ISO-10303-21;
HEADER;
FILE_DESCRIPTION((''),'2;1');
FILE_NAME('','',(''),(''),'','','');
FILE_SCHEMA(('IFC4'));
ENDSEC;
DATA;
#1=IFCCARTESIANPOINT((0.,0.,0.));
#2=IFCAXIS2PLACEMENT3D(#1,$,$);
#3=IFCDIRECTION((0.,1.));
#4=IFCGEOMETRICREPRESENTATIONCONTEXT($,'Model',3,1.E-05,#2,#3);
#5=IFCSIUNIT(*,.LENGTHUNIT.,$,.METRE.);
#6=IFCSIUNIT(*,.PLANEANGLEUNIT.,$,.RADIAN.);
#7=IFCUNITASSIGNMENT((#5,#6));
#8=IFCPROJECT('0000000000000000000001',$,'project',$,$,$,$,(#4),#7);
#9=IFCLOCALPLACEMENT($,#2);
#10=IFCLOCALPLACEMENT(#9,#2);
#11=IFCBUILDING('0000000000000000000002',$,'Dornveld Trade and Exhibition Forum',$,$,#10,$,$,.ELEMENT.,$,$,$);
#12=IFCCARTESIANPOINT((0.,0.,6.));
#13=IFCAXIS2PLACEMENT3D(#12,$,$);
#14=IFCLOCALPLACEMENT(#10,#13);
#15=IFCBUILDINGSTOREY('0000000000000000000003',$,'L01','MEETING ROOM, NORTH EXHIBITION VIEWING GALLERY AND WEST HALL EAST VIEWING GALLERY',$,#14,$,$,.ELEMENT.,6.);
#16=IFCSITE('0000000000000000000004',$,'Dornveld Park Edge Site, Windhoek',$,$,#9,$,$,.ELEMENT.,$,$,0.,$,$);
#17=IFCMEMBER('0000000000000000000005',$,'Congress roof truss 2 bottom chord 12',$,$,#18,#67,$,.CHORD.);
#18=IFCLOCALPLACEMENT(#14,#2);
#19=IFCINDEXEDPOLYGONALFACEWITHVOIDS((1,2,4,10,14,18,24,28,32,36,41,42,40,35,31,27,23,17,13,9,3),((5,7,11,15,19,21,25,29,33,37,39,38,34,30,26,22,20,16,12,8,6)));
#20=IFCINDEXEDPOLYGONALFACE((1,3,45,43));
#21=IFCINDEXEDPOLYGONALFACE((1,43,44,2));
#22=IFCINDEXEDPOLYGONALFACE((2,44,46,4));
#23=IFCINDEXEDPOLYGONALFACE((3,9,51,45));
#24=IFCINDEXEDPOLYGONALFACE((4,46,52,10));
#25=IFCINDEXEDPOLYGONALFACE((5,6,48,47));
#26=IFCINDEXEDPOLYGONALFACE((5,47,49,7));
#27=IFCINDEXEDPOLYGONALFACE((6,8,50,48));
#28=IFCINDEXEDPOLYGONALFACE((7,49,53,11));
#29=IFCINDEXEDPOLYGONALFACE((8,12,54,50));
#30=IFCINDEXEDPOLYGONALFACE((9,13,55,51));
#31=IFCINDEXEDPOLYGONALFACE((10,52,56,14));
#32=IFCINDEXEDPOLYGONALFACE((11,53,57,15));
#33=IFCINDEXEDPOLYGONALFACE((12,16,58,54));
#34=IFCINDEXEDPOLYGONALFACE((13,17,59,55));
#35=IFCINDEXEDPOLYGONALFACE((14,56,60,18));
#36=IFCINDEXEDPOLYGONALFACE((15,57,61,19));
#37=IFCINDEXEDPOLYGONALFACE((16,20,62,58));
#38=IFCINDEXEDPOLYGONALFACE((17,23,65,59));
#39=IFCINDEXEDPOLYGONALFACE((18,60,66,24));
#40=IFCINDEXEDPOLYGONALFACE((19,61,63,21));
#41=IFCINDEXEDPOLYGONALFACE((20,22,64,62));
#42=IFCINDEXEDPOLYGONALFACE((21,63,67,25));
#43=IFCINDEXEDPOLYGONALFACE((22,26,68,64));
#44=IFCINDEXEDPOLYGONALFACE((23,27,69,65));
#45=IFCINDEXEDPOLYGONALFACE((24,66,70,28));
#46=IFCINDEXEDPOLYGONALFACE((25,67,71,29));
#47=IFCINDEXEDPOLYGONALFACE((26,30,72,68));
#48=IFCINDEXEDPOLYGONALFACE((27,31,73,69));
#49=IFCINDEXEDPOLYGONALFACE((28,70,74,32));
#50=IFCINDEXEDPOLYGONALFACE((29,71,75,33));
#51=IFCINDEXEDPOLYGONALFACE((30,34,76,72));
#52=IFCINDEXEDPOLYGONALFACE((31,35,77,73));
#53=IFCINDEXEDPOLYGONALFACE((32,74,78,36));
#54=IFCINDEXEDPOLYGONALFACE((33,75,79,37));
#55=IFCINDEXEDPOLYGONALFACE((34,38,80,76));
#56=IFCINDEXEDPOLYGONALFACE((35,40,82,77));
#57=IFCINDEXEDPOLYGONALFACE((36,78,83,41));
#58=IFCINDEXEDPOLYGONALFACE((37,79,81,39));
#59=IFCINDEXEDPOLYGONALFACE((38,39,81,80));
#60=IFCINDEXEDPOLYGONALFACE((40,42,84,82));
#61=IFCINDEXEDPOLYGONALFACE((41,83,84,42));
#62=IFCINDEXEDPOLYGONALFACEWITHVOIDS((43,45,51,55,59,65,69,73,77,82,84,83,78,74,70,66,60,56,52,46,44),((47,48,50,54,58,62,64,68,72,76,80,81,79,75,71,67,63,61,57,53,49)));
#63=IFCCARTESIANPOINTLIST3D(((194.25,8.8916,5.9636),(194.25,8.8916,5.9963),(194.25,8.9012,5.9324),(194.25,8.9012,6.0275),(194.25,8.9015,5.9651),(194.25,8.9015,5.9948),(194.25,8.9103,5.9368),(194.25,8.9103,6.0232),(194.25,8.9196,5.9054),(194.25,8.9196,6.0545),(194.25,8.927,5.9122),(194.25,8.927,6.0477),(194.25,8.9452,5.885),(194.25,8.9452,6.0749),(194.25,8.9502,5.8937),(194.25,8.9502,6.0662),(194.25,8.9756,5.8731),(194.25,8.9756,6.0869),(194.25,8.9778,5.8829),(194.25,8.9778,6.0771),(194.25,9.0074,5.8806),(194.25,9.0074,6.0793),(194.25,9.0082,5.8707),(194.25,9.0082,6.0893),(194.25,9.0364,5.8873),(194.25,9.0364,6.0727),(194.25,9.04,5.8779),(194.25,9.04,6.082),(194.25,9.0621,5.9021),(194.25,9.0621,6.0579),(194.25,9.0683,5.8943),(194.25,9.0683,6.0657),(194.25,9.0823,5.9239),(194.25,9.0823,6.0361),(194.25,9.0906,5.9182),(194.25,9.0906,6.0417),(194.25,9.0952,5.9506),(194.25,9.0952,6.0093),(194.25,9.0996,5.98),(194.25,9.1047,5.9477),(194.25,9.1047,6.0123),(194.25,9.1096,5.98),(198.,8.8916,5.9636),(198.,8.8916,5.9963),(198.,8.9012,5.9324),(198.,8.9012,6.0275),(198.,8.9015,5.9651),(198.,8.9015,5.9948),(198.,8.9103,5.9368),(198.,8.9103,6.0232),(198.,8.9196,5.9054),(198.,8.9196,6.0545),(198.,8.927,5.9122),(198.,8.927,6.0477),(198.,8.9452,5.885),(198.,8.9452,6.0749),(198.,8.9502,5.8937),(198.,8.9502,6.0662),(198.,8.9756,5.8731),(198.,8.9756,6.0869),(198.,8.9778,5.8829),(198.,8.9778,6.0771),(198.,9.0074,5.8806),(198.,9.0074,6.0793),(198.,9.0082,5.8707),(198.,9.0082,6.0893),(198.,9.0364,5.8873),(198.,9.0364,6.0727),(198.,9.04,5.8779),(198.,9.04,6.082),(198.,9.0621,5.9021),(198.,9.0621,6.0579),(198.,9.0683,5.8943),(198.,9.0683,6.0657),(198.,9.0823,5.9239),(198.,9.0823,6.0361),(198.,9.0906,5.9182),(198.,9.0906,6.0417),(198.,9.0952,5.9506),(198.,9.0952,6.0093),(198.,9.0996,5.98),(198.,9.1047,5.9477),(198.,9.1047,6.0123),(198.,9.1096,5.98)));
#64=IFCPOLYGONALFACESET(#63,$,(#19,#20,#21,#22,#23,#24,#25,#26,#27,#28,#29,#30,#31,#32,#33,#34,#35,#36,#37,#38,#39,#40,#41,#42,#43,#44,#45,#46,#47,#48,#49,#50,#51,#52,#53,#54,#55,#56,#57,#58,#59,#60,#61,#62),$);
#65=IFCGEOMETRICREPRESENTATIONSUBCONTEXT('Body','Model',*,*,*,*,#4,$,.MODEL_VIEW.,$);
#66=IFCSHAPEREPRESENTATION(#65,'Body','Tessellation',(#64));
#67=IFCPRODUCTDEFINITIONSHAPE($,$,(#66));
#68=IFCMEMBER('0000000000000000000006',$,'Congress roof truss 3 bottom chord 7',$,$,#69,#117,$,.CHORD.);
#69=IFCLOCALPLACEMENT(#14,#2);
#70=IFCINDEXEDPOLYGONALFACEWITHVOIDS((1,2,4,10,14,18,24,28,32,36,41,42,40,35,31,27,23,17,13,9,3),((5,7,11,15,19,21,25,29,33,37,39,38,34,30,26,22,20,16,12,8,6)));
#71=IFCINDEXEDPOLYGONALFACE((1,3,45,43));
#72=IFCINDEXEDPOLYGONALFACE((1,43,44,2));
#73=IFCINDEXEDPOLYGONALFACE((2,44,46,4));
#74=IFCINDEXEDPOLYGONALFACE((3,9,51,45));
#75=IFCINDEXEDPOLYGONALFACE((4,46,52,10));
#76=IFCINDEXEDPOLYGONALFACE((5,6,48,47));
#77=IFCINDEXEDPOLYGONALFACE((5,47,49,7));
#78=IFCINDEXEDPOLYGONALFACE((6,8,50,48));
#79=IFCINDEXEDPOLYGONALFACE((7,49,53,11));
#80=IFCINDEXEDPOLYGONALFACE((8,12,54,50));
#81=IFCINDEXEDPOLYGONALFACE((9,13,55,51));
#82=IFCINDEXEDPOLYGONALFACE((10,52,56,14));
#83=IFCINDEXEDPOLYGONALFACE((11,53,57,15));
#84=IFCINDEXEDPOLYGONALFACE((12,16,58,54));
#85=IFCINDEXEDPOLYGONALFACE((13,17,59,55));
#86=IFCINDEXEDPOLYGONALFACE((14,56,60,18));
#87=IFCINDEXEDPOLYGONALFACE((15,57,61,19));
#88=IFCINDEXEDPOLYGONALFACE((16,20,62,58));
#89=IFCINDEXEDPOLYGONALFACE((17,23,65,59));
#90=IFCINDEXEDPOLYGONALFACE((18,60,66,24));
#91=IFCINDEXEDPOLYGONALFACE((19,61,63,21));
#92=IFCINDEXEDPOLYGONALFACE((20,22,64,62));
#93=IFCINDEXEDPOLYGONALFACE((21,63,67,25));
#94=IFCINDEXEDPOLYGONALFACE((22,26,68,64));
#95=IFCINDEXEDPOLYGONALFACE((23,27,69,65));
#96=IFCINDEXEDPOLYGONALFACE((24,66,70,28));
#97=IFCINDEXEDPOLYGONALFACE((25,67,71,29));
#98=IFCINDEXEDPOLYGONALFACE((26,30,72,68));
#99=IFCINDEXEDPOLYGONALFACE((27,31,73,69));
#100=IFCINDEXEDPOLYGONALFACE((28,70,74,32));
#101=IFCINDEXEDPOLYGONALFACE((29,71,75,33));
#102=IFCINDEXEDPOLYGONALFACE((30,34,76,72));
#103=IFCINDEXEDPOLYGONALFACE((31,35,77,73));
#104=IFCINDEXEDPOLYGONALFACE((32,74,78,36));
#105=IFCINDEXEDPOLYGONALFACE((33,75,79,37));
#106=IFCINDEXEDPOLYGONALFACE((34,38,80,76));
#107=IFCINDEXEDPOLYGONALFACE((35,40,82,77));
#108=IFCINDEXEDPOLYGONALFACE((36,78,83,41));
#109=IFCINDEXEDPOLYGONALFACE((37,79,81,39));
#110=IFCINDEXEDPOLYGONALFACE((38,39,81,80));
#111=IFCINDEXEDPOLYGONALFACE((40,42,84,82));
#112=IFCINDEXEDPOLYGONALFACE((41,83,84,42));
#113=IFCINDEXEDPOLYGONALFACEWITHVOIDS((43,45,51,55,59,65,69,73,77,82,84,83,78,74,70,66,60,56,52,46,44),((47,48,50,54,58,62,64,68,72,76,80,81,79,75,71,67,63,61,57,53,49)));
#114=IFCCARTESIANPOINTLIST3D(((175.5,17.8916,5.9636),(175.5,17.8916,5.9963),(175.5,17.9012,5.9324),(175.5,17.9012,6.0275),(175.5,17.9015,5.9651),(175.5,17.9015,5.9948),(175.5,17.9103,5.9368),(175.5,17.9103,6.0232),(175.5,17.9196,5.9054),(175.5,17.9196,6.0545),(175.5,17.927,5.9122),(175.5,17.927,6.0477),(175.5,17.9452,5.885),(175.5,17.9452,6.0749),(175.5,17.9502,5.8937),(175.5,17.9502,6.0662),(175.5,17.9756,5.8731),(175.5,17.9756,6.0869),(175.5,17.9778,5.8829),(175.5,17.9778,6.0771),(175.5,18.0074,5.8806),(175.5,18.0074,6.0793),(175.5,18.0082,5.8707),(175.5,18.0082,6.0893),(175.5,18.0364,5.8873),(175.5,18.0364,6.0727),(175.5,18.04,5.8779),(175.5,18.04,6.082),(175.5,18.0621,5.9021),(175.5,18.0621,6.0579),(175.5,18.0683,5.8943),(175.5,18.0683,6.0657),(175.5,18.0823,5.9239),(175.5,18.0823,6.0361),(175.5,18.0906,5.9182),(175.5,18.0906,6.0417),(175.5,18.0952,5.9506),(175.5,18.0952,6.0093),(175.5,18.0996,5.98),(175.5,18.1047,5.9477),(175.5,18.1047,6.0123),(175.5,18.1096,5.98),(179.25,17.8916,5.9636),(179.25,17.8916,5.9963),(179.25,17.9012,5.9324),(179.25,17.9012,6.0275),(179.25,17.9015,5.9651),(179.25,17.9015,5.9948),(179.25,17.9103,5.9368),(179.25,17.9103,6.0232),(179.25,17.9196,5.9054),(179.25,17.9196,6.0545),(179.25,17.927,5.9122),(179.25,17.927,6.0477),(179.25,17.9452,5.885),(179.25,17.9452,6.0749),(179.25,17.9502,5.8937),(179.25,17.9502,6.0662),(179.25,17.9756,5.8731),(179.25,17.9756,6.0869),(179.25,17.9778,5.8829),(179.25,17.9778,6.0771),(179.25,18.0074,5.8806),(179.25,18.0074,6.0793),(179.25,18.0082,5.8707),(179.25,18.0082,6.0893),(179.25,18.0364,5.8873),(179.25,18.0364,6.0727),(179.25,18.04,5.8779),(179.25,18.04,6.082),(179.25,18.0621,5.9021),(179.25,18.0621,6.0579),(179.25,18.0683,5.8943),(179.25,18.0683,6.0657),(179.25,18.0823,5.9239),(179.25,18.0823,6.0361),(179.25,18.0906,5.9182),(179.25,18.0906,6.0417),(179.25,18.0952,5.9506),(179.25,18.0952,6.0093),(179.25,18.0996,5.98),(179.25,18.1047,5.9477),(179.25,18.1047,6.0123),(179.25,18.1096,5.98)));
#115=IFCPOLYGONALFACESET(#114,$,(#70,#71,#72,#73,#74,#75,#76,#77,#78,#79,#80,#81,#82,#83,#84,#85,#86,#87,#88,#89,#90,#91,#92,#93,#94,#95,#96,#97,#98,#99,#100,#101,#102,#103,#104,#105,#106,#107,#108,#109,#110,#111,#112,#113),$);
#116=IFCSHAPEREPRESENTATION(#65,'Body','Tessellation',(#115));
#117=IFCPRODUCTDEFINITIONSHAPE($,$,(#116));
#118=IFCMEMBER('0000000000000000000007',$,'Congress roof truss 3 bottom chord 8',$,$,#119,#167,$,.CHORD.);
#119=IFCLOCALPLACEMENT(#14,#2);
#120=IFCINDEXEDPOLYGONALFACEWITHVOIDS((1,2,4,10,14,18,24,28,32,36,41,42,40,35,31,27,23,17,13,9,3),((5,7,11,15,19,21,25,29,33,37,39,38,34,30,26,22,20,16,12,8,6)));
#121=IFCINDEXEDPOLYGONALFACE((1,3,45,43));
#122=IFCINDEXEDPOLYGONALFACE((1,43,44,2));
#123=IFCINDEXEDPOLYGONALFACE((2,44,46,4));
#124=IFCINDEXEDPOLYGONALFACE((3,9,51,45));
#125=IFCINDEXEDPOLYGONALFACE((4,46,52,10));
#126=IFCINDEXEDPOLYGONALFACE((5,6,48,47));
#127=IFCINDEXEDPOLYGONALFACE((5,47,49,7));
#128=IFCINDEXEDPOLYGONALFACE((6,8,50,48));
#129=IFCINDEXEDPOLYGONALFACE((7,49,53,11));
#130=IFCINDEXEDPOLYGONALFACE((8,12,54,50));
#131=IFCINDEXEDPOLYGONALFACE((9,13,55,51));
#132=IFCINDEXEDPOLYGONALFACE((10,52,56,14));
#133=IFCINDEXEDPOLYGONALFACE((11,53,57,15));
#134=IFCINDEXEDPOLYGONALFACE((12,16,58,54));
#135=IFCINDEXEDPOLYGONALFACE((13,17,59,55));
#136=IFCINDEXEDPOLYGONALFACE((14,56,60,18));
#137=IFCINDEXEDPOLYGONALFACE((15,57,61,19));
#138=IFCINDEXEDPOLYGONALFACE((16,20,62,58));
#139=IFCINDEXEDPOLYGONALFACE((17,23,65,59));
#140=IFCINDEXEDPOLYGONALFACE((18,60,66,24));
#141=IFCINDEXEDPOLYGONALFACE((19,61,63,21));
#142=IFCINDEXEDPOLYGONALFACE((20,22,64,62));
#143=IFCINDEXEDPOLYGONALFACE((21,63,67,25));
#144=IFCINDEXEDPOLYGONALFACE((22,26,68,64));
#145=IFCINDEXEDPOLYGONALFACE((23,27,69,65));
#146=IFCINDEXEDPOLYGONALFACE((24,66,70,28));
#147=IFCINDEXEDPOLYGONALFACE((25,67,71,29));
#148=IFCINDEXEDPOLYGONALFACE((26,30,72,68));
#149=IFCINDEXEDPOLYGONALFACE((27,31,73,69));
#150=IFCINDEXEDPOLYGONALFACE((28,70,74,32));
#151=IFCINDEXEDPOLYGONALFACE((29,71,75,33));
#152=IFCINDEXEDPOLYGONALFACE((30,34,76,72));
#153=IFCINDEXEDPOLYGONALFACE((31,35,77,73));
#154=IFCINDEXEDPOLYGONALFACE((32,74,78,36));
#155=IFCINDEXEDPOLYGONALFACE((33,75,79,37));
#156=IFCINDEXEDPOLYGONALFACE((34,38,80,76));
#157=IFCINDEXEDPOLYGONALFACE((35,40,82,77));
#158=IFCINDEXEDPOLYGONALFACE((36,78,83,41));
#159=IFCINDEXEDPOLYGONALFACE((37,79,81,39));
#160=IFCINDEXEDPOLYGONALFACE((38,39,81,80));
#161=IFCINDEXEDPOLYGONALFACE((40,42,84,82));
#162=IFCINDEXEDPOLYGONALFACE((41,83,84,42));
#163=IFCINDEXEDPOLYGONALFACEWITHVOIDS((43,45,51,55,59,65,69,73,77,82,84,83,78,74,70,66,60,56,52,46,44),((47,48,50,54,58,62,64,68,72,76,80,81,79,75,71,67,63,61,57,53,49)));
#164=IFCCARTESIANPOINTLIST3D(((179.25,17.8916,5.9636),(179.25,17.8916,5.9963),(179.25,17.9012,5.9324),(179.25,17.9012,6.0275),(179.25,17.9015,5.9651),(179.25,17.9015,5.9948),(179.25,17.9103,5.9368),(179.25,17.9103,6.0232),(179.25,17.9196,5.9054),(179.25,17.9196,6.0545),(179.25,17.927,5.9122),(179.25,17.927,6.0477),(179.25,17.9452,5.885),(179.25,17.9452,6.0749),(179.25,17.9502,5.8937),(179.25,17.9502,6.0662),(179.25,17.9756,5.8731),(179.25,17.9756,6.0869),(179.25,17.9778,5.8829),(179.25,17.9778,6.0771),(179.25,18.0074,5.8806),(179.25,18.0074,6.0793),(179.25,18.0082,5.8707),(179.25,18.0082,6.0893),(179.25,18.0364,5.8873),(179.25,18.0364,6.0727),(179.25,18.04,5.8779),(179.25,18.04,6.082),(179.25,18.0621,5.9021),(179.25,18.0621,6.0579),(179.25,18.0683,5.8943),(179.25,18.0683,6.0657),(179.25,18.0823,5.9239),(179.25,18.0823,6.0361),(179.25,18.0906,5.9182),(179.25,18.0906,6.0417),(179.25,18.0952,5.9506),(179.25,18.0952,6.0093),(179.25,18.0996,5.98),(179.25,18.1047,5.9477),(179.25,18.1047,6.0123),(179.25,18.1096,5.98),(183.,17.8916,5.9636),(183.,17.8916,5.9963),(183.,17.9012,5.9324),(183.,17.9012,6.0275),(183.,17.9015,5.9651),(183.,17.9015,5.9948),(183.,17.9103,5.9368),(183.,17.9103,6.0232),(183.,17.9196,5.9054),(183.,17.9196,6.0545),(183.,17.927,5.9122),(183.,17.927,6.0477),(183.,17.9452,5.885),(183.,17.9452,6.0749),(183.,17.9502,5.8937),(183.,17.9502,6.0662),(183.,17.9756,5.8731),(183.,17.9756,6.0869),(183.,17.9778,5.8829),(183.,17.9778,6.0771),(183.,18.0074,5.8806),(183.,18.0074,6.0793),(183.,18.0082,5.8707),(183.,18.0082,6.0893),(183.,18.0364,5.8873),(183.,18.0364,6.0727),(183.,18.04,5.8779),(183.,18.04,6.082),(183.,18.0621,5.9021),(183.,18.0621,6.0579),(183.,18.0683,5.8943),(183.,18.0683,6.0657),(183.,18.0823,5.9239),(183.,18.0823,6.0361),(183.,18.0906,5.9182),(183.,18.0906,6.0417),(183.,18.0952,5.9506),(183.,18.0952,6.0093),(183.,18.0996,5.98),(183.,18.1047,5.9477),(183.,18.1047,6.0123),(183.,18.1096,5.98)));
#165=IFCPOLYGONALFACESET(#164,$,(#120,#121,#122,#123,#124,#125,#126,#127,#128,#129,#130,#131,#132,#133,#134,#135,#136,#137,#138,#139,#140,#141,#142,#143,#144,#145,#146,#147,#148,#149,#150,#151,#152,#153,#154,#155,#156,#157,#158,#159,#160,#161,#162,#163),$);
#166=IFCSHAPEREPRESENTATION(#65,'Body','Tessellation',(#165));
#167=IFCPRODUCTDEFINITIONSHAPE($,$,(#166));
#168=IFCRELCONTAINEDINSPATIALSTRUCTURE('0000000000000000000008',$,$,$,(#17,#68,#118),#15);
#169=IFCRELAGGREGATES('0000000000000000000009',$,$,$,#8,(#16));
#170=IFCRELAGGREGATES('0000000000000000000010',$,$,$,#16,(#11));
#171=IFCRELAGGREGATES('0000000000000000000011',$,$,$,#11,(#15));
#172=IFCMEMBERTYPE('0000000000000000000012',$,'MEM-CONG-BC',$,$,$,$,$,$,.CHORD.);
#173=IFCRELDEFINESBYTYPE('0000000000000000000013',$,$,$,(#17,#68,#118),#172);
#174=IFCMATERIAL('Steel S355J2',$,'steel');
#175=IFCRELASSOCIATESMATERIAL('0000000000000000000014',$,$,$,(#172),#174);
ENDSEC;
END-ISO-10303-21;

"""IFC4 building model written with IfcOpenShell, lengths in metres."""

from ifc_helpers import new_model, si_unit, direction, frame, origin, origin_2d, place, context, subcontext, project, spatial, hollow_circle, extrude, material, material_profile, profile_set, type_object, element, save


model = new_model("IFC4")

# Units and contexts
model_context = context("Model", 3, precision=1e-05, world=origin(), true_north=direction((0.0, 1.0)))
body_context = subcontext(model_context, "Body", "Model", "MODEL_VIEW")
ifc_project = project(units=[si_unit("LENGTHUNIT", "METRE"), si_unit("PLANEANGLEUNIT", "RADIAN")], contexts=[model_context])

# Site, building, storey
site_placement = place(None, origin())
site = spatial("IfcSite", under=ifc_project, at=site_placement, Name="Dornveld Park Edge Site, Windhoek", CompositionType="ELEMENT", RefElevation=0.0)
building_placement = place(site_placement, origin())
building = spatial("IfcBuilding", under=site, at=building_placement, Name="Dornveld Trade and Exhibition Forum", CompositionType="ELEMENT")
storey_placement = place(building_placement, frame((0.0, 0.0, 6.0)))
storey = spatial("IfcBuildingStorey", under=building, at=storey_placement, Name="L01", Description="MEETING ROOM, NORTH EXHIBITION VIEWING GALLERY AND WEST HALL EAST VIEWING GALLERY", CompositionType="ELEMENT", Elevation=6.0)

# Members
ifc_material_1 = material(Name="Steel S355J2", Category="steel")
ifc_material_profile_1 = material_profile(ifc_material_1, hollow_circle(Radius=0.1096, WallThickness=0.01, at=origin_2d()), Name="CHS 219.1x10")
ifc_profile_set_1 = profile_set([ifc_material_profile_1], Name="Steel S355J2")
member_type_1 = type_object("IfcMemberType", Name="MEM-CONG-BC", PredefinedType="CHORD", material=ifc_profile_set_1)
for number, where, z_axis, x_axis, name in (
    (1, (194.25, 9.0, 5.98), (1.0, 0.0, 0.0), (0.0, 1.0, 0.0), "Congress roof truss 2 bottom chord 12"),
    (2, (175.5, 18.0, 5.98), (1.0, 0.0, 0.0), (0.0, 1.0, 0.0), "Congress roof truss 3 bottom chord 7"),
    (3, (179.25, 18.0, 5.98), (1.0, 0.0, 0.0), (0.0, 1.0, 0.0), "Congress roof truss 3 bottom chord 8"),
):
    element("IfcMember", number, at=place(storey_placement, frame(where, z_axis=z_axis, x_axis=x_axis)), inside=storey, type_object=member_type_1, Name=name, PredefinedType="CHORD", context=body_context, shape_type="SweptSolid", body=[
        extrude(hollow_circle(Radius=0.1096, WallThickness=0.01, at=origin_2d()), origin(), (0.0, 0.0, 1.0), 3.75),
    ])

save(model, "model.ifc")
